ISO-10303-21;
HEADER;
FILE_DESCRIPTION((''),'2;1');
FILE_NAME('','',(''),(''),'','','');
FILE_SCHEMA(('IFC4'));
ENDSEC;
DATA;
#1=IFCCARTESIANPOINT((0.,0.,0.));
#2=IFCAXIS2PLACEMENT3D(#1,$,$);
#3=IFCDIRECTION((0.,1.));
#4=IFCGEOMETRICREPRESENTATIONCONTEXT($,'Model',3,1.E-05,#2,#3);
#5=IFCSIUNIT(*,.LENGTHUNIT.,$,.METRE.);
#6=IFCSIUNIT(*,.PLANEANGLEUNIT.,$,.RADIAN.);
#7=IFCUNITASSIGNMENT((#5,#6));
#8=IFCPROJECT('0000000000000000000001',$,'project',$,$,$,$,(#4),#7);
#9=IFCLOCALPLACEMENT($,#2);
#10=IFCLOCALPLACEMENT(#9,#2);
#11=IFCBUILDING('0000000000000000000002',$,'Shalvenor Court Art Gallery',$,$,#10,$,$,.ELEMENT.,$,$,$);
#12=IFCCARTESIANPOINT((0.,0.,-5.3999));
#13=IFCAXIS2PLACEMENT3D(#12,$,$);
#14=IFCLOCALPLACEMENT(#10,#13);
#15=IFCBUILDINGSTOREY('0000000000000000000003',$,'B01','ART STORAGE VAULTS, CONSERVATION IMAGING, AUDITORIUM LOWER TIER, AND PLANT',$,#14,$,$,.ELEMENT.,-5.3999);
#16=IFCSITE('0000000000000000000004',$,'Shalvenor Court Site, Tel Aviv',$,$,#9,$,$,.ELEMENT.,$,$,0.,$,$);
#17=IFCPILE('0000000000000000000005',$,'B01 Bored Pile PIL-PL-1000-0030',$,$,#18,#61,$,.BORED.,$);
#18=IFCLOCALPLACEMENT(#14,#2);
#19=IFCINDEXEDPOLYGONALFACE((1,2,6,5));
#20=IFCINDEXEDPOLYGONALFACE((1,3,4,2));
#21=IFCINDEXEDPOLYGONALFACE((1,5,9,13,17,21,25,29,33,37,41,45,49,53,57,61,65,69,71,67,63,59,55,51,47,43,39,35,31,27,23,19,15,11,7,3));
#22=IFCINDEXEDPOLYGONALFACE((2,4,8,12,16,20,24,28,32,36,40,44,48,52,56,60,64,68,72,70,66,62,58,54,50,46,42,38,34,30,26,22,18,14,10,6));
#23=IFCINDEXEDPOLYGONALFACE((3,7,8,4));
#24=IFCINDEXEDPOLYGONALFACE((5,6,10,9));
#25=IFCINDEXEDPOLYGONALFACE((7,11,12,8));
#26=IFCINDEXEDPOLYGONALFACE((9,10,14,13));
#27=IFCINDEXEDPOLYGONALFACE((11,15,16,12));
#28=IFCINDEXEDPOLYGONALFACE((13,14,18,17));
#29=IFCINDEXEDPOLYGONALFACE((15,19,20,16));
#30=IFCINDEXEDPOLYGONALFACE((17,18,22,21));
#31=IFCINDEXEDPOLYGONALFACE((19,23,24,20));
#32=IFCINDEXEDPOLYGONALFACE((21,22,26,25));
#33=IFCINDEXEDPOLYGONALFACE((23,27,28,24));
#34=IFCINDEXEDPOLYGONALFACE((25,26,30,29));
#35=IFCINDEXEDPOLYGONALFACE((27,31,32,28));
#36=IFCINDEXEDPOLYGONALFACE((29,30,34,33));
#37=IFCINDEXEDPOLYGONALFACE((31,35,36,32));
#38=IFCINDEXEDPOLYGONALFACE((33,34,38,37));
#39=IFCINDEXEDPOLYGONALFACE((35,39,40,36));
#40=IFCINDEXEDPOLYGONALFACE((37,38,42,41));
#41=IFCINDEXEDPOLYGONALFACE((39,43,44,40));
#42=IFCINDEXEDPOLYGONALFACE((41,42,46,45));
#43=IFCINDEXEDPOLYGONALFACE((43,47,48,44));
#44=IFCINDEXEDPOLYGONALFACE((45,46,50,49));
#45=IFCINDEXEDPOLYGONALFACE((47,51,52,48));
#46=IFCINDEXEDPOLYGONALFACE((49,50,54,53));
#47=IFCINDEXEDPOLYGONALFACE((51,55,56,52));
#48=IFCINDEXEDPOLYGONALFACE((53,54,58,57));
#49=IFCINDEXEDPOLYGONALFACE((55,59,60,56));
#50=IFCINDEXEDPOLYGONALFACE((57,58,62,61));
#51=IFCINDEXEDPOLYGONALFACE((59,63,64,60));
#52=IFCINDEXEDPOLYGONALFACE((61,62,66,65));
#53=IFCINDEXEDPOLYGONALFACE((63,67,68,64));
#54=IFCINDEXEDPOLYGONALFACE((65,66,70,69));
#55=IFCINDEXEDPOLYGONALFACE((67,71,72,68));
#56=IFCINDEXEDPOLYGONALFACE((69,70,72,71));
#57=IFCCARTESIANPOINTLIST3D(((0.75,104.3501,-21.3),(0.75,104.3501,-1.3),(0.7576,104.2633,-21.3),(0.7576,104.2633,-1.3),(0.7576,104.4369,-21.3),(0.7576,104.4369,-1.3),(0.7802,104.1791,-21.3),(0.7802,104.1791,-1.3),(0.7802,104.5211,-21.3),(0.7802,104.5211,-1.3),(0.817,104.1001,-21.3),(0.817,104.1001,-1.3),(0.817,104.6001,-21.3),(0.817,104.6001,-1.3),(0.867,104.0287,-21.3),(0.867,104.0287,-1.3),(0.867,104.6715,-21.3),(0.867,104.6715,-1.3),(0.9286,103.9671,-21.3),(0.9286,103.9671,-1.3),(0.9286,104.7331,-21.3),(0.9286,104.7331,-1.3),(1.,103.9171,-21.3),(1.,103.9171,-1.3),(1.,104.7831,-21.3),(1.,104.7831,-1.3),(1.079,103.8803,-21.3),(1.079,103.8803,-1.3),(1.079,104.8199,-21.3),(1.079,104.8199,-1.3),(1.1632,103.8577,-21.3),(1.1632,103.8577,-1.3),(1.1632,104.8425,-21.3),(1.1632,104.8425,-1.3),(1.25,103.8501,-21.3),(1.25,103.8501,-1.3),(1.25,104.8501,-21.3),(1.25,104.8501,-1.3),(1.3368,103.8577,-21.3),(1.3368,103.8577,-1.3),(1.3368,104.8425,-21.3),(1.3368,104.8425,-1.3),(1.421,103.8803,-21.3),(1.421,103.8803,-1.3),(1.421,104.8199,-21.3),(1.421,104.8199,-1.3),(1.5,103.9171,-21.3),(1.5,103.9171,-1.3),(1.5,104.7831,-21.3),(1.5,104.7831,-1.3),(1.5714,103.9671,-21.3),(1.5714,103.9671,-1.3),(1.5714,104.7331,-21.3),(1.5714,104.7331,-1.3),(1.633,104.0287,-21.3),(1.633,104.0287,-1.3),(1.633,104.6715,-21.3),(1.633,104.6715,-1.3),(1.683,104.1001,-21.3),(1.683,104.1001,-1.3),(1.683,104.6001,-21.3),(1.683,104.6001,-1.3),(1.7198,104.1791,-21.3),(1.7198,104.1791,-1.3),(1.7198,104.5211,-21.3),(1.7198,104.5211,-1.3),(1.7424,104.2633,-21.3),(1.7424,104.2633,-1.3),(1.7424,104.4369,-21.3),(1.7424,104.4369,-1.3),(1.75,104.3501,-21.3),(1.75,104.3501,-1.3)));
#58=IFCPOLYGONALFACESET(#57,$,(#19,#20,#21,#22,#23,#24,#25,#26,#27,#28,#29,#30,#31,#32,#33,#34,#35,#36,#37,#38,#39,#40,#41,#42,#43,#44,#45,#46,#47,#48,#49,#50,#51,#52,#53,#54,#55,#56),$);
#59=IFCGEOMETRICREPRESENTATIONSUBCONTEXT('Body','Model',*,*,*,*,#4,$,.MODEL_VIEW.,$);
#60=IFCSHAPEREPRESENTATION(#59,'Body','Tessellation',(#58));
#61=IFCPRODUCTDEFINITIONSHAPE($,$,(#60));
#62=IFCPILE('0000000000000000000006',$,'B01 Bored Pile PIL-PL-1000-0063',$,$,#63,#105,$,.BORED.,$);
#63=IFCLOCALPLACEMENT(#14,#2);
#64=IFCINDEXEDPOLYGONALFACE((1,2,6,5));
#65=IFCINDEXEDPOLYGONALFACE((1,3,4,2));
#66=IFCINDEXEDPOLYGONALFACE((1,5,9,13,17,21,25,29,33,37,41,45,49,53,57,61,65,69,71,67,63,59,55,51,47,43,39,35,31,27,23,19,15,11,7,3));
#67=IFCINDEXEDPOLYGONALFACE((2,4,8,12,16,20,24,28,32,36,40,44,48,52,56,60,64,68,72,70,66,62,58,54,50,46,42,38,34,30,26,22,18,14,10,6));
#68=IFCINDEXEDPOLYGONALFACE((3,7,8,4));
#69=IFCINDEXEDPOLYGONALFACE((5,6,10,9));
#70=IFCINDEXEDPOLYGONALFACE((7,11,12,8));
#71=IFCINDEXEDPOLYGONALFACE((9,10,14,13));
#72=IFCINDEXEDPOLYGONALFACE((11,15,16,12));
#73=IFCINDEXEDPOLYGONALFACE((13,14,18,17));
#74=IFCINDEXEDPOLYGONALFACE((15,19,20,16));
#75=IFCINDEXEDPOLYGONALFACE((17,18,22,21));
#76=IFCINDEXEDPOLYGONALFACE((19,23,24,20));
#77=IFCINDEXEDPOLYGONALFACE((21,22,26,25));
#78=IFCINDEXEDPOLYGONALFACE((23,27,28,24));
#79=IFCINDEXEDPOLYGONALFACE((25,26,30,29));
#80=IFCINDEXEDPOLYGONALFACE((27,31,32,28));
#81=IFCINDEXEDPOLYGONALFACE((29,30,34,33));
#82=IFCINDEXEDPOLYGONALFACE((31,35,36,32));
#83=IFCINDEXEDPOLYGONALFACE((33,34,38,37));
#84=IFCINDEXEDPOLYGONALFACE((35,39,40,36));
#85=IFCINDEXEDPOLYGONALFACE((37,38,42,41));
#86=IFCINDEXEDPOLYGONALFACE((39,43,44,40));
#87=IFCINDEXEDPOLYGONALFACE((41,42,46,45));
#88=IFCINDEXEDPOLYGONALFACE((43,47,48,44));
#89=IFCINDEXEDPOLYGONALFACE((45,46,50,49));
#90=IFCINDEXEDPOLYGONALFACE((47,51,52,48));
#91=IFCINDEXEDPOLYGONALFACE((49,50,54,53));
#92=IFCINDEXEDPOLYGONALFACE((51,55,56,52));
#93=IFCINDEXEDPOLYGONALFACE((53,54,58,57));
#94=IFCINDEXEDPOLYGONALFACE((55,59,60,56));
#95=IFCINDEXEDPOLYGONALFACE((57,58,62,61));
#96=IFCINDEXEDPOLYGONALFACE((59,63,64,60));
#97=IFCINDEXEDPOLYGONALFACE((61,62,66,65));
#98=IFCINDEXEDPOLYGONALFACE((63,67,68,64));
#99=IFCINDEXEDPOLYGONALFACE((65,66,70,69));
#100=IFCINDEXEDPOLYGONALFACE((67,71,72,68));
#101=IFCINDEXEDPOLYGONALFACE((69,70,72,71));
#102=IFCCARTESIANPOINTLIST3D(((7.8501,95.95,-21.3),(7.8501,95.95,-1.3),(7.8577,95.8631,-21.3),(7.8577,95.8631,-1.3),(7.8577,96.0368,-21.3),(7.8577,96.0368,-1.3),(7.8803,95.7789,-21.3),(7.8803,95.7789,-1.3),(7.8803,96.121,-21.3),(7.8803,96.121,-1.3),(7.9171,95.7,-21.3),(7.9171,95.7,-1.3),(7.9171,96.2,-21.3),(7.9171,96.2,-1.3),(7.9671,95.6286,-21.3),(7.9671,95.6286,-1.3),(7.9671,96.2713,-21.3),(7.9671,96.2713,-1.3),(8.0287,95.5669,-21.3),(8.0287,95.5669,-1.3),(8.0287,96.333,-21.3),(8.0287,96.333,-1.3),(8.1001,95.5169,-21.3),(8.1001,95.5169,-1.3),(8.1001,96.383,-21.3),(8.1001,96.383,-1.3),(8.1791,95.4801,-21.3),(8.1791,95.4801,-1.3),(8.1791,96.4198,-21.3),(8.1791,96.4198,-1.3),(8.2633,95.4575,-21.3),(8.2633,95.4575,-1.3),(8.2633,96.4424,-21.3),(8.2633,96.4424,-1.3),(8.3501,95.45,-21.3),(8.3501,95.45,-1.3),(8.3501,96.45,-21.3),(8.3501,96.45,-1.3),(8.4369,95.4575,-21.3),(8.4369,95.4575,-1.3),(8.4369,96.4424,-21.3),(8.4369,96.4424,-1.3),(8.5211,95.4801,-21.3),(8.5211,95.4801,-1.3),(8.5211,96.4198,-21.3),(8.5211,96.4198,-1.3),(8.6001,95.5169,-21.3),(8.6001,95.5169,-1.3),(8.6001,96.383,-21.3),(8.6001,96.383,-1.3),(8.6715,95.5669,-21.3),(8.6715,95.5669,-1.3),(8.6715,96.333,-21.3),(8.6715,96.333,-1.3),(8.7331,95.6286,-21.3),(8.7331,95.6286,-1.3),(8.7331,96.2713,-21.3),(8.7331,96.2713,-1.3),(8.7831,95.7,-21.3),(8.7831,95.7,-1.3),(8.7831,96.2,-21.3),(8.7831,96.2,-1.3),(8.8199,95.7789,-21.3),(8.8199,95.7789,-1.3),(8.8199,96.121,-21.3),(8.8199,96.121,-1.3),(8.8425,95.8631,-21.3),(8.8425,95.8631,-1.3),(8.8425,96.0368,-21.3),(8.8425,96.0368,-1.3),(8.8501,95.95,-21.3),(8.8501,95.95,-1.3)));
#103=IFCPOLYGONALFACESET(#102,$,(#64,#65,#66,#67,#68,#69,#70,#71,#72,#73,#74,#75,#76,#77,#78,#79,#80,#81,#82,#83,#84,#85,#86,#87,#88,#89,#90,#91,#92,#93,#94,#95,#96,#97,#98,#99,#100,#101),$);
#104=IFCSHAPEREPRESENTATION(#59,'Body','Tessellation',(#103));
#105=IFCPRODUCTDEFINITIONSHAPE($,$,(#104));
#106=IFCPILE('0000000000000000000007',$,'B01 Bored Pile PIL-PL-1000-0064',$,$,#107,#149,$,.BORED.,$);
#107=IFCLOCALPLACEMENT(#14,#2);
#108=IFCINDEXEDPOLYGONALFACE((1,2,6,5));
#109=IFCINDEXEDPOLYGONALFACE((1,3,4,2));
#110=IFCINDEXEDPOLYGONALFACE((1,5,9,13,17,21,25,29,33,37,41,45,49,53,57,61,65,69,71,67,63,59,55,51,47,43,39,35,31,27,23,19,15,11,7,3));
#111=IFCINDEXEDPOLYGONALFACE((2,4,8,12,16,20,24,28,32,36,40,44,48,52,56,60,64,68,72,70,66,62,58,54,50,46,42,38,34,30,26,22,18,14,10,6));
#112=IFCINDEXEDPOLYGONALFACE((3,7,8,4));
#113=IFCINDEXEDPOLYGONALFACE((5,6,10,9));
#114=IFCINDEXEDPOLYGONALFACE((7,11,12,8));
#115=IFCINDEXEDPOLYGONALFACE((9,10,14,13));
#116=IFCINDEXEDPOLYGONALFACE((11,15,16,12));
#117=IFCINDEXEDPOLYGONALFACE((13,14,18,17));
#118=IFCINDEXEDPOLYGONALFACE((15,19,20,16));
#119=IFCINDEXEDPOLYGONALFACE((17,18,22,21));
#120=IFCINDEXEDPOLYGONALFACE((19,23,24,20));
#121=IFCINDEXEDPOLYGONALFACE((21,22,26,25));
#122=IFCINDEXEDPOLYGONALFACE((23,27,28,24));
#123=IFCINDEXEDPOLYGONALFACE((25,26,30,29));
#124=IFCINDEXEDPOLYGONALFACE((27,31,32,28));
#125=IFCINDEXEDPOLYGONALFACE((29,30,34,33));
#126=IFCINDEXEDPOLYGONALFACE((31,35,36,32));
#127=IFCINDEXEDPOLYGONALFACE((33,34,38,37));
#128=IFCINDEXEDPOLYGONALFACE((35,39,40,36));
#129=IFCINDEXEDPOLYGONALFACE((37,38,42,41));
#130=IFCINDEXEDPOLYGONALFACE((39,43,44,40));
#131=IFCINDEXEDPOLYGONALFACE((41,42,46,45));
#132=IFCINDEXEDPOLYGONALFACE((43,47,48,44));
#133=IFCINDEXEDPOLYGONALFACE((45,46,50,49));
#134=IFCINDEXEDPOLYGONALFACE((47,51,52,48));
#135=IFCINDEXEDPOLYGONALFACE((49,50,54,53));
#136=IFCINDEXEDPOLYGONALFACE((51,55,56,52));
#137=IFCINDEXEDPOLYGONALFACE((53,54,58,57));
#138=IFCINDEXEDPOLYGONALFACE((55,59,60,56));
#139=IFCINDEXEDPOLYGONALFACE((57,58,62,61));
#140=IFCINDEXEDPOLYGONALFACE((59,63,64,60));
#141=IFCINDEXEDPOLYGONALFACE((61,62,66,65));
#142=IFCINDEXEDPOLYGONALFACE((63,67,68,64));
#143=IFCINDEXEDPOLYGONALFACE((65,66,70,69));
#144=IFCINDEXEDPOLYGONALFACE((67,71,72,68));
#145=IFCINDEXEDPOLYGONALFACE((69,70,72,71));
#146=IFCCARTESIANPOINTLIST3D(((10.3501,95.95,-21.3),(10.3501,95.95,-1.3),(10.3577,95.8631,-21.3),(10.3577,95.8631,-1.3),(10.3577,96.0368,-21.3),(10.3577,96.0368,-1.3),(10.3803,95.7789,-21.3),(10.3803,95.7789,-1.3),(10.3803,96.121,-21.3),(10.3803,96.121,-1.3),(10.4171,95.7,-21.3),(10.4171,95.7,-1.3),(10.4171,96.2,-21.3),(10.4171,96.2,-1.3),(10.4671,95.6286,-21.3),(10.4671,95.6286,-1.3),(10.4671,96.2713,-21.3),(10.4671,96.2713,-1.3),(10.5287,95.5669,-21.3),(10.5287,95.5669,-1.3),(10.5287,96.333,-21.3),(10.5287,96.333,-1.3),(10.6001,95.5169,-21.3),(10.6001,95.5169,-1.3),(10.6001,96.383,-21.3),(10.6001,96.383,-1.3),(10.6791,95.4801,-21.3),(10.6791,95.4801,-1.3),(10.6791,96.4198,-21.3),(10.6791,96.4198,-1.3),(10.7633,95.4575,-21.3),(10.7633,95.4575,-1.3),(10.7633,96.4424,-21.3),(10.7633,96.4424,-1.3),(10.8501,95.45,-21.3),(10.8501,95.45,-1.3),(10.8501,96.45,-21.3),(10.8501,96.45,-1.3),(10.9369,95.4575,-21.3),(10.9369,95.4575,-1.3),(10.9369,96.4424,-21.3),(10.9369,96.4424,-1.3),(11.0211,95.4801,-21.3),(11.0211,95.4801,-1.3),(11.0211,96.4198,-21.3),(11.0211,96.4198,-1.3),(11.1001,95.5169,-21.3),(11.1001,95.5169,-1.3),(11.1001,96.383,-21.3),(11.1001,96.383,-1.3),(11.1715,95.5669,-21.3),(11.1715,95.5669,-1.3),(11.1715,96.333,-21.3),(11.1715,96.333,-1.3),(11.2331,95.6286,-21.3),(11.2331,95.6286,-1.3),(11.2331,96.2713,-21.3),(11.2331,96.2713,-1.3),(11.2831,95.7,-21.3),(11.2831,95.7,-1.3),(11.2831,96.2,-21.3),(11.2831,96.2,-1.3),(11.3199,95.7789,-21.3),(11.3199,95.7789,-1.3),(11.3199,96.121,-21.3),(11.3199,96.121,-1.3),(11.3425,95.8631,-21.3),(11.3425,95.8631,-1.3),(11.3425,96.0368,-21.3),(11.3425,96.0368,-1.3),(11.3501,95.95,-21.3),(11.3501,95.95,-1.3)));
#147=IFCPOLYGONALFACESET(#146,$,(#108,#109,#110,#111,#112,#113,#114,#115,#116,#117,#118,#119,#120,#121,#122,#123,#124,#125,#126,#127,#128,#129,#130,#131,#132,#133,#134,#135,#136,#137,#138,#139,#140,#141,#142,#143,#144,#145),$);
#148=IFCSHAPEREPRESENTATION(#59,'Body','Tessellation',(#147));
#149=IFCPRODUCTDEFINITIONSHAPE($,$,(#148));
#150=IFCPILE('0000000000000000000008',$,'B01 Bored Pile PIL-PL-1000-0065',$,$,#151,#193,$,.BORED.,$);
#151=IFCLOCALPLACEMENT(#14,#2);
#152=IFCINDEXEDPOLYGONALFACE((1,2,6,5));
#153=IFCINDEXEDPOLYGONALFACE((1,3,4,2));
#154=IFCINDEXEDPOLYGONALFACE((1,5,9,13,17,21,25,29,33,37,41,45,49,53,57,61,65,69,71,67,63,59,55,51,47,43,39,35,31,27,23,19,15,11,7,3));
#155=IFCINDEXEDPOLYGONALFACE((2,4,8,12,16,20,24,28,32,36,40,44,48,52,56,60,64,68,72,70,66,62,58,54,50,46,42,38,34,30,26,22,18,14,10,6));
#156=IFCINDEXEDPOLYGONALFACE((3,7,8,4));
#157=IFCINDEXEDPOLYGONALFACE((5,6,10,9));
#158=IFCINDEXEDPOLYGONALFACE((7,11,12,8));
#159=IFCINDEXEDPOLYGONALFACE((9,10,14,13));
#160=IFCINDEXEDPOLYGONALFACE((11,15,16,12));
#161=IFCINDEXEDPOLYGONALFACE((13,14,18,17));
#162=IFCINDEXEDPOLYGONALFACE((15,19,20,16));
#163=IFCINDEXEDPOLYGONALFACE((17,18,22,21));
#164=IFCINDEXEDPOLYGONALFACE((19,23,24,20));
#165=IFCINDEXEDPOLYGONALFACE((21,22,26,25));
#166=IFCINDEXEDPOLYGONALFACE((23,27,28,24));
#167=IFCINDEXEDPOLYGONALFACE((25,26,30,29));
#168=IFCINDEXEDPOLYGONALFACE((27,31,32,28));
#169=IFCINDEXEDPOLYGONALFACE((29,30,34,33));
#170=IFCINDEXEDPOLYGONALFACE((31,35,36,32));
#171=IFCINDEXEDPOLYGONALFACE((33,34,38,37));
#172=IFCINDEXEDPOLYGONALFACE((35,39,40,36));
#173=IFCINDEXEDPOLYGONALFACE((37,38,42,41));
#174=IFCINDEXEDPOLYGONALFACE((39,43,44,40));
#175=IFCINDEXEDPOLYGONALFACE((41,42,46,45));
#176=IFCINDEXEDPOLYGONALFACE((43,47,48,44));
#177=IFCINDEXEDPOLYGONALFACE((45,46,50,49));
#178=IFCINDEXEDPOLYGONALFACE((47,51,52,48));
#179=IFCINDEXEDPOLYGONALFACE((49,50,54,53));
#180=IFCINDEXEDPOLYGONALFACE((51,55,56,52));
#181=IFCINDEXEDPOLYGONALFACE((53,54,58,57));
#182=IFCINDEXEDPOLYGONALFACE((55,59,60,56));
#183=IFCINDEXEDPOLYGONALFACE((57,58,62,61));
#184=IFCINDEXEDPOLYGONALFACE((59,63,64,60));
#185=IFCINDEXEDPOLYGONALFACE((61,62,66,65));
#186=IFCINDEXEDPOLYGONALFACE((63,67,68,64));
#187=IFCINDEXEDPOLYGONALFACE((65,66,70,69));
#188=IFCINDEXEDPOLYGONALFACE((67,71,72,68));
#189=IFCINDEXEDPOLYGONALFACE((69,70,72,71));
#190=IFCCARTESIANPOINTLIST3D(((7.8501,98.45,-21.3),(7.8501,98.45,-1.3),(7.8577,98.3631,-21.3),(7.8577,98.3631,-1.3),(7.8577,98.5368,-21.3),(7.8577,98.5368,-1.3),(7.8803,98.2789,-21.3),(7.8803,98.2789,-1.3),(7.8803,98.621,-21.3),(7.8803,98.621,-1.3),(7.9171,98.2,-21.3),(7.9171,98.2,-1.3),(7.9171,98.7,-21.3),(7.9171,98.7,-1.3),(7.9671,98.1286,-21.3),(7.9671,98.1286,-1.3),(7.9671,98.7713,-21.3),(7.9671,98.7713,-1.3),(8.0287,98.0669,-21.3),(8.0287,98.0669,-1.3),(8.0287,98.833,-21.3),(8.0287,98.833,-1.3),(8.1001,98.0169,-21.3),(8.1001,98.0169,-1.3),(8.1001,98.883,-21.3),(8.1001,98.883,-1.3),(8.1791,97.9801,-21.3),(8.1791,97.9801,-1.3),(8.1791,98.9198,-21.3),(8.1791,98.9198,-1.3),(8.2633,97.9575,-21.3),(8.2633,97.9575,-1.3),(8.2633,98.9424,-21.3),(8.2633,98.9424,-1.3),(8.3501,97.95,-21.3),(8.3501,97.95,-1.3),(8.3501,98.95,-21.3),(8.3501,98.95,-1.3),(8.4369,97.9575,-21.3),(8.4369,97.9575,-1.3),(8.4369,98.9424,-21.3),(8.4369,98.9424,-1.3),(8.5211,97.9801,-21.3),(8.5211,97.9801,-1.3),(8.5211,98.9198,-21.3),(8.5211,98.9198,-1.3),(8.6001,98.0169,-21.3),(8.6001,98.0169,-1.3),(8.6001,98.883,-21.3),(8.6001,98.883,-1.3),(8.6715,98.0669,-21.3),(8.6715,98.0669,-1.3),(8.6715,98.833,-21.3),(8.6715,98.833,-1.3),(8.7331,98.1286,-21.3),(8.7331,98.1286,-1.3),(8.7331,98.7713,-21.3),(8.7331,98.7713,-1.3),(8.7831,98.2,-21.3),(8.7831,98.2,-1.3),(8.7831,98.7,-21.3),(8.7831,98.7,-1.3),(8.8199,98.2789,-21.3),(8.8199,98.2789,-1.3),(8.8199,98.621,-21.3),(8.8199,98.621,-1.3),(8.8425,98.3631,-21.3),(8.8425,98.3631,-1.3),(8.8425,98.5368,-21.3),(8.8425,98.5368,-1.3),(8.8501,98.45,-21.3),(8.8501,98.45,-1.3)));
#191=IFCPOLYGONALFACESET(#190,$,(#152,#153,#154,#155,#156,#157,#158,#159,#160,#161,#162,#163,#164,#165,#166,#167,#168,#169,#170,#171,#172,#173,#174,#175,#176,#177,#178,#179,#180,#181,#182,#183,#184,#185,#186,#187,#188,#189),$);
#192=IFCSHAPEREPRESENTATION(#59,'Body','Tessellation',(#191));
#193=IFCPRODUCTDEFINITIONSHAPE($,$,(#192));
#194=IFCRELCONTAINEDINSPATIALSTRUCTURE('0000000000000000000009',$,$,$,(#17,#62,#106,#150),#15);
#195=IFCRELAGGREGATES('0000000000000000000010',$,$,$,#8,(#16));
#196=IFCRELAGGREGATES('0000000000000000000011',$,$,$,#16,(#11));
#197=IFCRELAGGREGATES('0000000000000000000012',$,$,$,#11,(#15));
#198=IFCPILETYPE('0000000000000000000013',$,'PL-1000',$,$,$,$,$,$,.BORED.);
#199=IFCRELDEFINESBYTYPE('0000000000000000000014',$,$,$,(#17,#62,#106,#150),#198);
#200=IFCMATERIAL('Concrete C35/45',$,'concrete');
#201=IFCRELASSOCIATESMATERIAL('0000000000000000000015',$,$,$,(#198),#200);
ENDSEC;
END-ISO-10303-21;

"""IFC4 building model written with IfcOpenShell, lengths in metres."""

from ifc_helpers import new_model, si_unit, direction, frame, origin, origin_2d, place, context, subcontext, project, spatial, circle, extrude, material, material_profile, profile_set, type_object, element, save


model = new_model("IFC4")

# Units and contexts
model_context = context("Model", 3, precision=1e-05, world=origin(), true_north=direction((0.0, 1.0)))
body_context = subcontext(model_context, "Body", "Model", "MODEL_VIEW")
ifc_project = project(units=[si_unit("LENGTHUNIT", "METRE"), si_unit("PLANEANGLEUNIT", "RADIAN")], contexts=[model_context])

# Site, building, storey
site_placement = place(None, origin())
site = spatial("IfcSite", under=ifc_project, at=site_placement, Name="Shalvenor Court Site, Tel Aviv", CompositionType="ELEMENT", RefElevation=0.0)
building_placement = place(site_placement, origin())
building = spatial("IfcBuilding", under=site, at=building_placement, Name="Shalvenor Court Art Gallery", CompositionType="ELEMENT")
storey_placement = place(building_placement, frame((0.0, 0.0, -5.3999)))
storey = spatial("IfcBuildingStorey", under=building, at=storey_placement, Name="B01", Description="ART STORAGE VAULTS, CONSERVATION IMAGING, AUDITORIUM LOWER TIER, AND PLANT", CompositionType="ELEMENT", Elevation=-5.3999)

# Piles
ifc_material_1 = material(Name="Concrete C35/45", Category="concrete")
ifc_material_profile_1 = material_profile(ifc_material_1, circle(Radius=0.5, at=origin_2d()), Name="PILE 1000")
ifc_profile_set_1 = profile_set([ifc_material_profile_1], Name="Concrete C35/45")
pile_type_1 = type_object("IfcPileType", Name="PL-1000", PredefinedType="BORED", material=ifc_profile_set_1)
for number, where, z_axis, x_axis, name in (
    (1, (1.25, 104.3501, -1.3), (0.0, 0.0, -1.0), (1.0, 0.0, 0.0), "B01 Bored Pile PIL-PL-1000-0030"),
    (2, (8.3501, 95.95, -1.3), (0.0, 0.0, -1.0), (1.0, 0.0, 0.0), "B01 Bored Pile PIL-PL-1000-0063"),
    (3, (10.8501, 95.95, -1.3), (0.0, 0.0, -1.0), (1.0, 0.0, 0.0), "B01 Bored Pile PIL-PL-1000-0064"),
    (4, (8.3501, 98.45, -1.3), (0.0, 0.0, -1.0), (1.0, 0.0, 0.0), "B01 Bored Pile PIL-PL-1000-0065"),
):
    element("IfcPile", number, at=place(storey_placement, frame(where, z_axis=z_axis, x_axis=x_axis)), inside=storey, type_object=pile_type_1, Name=name, PredefinedType="BORED", context=body_context, shape_type="SweptSolid", body=[
        extrude(circle(Radius=0.5, at=origin_2d()), origin(), (0.0, 0.0, 1.0), 20.0),
    ])

save(model, "model.ifc")
